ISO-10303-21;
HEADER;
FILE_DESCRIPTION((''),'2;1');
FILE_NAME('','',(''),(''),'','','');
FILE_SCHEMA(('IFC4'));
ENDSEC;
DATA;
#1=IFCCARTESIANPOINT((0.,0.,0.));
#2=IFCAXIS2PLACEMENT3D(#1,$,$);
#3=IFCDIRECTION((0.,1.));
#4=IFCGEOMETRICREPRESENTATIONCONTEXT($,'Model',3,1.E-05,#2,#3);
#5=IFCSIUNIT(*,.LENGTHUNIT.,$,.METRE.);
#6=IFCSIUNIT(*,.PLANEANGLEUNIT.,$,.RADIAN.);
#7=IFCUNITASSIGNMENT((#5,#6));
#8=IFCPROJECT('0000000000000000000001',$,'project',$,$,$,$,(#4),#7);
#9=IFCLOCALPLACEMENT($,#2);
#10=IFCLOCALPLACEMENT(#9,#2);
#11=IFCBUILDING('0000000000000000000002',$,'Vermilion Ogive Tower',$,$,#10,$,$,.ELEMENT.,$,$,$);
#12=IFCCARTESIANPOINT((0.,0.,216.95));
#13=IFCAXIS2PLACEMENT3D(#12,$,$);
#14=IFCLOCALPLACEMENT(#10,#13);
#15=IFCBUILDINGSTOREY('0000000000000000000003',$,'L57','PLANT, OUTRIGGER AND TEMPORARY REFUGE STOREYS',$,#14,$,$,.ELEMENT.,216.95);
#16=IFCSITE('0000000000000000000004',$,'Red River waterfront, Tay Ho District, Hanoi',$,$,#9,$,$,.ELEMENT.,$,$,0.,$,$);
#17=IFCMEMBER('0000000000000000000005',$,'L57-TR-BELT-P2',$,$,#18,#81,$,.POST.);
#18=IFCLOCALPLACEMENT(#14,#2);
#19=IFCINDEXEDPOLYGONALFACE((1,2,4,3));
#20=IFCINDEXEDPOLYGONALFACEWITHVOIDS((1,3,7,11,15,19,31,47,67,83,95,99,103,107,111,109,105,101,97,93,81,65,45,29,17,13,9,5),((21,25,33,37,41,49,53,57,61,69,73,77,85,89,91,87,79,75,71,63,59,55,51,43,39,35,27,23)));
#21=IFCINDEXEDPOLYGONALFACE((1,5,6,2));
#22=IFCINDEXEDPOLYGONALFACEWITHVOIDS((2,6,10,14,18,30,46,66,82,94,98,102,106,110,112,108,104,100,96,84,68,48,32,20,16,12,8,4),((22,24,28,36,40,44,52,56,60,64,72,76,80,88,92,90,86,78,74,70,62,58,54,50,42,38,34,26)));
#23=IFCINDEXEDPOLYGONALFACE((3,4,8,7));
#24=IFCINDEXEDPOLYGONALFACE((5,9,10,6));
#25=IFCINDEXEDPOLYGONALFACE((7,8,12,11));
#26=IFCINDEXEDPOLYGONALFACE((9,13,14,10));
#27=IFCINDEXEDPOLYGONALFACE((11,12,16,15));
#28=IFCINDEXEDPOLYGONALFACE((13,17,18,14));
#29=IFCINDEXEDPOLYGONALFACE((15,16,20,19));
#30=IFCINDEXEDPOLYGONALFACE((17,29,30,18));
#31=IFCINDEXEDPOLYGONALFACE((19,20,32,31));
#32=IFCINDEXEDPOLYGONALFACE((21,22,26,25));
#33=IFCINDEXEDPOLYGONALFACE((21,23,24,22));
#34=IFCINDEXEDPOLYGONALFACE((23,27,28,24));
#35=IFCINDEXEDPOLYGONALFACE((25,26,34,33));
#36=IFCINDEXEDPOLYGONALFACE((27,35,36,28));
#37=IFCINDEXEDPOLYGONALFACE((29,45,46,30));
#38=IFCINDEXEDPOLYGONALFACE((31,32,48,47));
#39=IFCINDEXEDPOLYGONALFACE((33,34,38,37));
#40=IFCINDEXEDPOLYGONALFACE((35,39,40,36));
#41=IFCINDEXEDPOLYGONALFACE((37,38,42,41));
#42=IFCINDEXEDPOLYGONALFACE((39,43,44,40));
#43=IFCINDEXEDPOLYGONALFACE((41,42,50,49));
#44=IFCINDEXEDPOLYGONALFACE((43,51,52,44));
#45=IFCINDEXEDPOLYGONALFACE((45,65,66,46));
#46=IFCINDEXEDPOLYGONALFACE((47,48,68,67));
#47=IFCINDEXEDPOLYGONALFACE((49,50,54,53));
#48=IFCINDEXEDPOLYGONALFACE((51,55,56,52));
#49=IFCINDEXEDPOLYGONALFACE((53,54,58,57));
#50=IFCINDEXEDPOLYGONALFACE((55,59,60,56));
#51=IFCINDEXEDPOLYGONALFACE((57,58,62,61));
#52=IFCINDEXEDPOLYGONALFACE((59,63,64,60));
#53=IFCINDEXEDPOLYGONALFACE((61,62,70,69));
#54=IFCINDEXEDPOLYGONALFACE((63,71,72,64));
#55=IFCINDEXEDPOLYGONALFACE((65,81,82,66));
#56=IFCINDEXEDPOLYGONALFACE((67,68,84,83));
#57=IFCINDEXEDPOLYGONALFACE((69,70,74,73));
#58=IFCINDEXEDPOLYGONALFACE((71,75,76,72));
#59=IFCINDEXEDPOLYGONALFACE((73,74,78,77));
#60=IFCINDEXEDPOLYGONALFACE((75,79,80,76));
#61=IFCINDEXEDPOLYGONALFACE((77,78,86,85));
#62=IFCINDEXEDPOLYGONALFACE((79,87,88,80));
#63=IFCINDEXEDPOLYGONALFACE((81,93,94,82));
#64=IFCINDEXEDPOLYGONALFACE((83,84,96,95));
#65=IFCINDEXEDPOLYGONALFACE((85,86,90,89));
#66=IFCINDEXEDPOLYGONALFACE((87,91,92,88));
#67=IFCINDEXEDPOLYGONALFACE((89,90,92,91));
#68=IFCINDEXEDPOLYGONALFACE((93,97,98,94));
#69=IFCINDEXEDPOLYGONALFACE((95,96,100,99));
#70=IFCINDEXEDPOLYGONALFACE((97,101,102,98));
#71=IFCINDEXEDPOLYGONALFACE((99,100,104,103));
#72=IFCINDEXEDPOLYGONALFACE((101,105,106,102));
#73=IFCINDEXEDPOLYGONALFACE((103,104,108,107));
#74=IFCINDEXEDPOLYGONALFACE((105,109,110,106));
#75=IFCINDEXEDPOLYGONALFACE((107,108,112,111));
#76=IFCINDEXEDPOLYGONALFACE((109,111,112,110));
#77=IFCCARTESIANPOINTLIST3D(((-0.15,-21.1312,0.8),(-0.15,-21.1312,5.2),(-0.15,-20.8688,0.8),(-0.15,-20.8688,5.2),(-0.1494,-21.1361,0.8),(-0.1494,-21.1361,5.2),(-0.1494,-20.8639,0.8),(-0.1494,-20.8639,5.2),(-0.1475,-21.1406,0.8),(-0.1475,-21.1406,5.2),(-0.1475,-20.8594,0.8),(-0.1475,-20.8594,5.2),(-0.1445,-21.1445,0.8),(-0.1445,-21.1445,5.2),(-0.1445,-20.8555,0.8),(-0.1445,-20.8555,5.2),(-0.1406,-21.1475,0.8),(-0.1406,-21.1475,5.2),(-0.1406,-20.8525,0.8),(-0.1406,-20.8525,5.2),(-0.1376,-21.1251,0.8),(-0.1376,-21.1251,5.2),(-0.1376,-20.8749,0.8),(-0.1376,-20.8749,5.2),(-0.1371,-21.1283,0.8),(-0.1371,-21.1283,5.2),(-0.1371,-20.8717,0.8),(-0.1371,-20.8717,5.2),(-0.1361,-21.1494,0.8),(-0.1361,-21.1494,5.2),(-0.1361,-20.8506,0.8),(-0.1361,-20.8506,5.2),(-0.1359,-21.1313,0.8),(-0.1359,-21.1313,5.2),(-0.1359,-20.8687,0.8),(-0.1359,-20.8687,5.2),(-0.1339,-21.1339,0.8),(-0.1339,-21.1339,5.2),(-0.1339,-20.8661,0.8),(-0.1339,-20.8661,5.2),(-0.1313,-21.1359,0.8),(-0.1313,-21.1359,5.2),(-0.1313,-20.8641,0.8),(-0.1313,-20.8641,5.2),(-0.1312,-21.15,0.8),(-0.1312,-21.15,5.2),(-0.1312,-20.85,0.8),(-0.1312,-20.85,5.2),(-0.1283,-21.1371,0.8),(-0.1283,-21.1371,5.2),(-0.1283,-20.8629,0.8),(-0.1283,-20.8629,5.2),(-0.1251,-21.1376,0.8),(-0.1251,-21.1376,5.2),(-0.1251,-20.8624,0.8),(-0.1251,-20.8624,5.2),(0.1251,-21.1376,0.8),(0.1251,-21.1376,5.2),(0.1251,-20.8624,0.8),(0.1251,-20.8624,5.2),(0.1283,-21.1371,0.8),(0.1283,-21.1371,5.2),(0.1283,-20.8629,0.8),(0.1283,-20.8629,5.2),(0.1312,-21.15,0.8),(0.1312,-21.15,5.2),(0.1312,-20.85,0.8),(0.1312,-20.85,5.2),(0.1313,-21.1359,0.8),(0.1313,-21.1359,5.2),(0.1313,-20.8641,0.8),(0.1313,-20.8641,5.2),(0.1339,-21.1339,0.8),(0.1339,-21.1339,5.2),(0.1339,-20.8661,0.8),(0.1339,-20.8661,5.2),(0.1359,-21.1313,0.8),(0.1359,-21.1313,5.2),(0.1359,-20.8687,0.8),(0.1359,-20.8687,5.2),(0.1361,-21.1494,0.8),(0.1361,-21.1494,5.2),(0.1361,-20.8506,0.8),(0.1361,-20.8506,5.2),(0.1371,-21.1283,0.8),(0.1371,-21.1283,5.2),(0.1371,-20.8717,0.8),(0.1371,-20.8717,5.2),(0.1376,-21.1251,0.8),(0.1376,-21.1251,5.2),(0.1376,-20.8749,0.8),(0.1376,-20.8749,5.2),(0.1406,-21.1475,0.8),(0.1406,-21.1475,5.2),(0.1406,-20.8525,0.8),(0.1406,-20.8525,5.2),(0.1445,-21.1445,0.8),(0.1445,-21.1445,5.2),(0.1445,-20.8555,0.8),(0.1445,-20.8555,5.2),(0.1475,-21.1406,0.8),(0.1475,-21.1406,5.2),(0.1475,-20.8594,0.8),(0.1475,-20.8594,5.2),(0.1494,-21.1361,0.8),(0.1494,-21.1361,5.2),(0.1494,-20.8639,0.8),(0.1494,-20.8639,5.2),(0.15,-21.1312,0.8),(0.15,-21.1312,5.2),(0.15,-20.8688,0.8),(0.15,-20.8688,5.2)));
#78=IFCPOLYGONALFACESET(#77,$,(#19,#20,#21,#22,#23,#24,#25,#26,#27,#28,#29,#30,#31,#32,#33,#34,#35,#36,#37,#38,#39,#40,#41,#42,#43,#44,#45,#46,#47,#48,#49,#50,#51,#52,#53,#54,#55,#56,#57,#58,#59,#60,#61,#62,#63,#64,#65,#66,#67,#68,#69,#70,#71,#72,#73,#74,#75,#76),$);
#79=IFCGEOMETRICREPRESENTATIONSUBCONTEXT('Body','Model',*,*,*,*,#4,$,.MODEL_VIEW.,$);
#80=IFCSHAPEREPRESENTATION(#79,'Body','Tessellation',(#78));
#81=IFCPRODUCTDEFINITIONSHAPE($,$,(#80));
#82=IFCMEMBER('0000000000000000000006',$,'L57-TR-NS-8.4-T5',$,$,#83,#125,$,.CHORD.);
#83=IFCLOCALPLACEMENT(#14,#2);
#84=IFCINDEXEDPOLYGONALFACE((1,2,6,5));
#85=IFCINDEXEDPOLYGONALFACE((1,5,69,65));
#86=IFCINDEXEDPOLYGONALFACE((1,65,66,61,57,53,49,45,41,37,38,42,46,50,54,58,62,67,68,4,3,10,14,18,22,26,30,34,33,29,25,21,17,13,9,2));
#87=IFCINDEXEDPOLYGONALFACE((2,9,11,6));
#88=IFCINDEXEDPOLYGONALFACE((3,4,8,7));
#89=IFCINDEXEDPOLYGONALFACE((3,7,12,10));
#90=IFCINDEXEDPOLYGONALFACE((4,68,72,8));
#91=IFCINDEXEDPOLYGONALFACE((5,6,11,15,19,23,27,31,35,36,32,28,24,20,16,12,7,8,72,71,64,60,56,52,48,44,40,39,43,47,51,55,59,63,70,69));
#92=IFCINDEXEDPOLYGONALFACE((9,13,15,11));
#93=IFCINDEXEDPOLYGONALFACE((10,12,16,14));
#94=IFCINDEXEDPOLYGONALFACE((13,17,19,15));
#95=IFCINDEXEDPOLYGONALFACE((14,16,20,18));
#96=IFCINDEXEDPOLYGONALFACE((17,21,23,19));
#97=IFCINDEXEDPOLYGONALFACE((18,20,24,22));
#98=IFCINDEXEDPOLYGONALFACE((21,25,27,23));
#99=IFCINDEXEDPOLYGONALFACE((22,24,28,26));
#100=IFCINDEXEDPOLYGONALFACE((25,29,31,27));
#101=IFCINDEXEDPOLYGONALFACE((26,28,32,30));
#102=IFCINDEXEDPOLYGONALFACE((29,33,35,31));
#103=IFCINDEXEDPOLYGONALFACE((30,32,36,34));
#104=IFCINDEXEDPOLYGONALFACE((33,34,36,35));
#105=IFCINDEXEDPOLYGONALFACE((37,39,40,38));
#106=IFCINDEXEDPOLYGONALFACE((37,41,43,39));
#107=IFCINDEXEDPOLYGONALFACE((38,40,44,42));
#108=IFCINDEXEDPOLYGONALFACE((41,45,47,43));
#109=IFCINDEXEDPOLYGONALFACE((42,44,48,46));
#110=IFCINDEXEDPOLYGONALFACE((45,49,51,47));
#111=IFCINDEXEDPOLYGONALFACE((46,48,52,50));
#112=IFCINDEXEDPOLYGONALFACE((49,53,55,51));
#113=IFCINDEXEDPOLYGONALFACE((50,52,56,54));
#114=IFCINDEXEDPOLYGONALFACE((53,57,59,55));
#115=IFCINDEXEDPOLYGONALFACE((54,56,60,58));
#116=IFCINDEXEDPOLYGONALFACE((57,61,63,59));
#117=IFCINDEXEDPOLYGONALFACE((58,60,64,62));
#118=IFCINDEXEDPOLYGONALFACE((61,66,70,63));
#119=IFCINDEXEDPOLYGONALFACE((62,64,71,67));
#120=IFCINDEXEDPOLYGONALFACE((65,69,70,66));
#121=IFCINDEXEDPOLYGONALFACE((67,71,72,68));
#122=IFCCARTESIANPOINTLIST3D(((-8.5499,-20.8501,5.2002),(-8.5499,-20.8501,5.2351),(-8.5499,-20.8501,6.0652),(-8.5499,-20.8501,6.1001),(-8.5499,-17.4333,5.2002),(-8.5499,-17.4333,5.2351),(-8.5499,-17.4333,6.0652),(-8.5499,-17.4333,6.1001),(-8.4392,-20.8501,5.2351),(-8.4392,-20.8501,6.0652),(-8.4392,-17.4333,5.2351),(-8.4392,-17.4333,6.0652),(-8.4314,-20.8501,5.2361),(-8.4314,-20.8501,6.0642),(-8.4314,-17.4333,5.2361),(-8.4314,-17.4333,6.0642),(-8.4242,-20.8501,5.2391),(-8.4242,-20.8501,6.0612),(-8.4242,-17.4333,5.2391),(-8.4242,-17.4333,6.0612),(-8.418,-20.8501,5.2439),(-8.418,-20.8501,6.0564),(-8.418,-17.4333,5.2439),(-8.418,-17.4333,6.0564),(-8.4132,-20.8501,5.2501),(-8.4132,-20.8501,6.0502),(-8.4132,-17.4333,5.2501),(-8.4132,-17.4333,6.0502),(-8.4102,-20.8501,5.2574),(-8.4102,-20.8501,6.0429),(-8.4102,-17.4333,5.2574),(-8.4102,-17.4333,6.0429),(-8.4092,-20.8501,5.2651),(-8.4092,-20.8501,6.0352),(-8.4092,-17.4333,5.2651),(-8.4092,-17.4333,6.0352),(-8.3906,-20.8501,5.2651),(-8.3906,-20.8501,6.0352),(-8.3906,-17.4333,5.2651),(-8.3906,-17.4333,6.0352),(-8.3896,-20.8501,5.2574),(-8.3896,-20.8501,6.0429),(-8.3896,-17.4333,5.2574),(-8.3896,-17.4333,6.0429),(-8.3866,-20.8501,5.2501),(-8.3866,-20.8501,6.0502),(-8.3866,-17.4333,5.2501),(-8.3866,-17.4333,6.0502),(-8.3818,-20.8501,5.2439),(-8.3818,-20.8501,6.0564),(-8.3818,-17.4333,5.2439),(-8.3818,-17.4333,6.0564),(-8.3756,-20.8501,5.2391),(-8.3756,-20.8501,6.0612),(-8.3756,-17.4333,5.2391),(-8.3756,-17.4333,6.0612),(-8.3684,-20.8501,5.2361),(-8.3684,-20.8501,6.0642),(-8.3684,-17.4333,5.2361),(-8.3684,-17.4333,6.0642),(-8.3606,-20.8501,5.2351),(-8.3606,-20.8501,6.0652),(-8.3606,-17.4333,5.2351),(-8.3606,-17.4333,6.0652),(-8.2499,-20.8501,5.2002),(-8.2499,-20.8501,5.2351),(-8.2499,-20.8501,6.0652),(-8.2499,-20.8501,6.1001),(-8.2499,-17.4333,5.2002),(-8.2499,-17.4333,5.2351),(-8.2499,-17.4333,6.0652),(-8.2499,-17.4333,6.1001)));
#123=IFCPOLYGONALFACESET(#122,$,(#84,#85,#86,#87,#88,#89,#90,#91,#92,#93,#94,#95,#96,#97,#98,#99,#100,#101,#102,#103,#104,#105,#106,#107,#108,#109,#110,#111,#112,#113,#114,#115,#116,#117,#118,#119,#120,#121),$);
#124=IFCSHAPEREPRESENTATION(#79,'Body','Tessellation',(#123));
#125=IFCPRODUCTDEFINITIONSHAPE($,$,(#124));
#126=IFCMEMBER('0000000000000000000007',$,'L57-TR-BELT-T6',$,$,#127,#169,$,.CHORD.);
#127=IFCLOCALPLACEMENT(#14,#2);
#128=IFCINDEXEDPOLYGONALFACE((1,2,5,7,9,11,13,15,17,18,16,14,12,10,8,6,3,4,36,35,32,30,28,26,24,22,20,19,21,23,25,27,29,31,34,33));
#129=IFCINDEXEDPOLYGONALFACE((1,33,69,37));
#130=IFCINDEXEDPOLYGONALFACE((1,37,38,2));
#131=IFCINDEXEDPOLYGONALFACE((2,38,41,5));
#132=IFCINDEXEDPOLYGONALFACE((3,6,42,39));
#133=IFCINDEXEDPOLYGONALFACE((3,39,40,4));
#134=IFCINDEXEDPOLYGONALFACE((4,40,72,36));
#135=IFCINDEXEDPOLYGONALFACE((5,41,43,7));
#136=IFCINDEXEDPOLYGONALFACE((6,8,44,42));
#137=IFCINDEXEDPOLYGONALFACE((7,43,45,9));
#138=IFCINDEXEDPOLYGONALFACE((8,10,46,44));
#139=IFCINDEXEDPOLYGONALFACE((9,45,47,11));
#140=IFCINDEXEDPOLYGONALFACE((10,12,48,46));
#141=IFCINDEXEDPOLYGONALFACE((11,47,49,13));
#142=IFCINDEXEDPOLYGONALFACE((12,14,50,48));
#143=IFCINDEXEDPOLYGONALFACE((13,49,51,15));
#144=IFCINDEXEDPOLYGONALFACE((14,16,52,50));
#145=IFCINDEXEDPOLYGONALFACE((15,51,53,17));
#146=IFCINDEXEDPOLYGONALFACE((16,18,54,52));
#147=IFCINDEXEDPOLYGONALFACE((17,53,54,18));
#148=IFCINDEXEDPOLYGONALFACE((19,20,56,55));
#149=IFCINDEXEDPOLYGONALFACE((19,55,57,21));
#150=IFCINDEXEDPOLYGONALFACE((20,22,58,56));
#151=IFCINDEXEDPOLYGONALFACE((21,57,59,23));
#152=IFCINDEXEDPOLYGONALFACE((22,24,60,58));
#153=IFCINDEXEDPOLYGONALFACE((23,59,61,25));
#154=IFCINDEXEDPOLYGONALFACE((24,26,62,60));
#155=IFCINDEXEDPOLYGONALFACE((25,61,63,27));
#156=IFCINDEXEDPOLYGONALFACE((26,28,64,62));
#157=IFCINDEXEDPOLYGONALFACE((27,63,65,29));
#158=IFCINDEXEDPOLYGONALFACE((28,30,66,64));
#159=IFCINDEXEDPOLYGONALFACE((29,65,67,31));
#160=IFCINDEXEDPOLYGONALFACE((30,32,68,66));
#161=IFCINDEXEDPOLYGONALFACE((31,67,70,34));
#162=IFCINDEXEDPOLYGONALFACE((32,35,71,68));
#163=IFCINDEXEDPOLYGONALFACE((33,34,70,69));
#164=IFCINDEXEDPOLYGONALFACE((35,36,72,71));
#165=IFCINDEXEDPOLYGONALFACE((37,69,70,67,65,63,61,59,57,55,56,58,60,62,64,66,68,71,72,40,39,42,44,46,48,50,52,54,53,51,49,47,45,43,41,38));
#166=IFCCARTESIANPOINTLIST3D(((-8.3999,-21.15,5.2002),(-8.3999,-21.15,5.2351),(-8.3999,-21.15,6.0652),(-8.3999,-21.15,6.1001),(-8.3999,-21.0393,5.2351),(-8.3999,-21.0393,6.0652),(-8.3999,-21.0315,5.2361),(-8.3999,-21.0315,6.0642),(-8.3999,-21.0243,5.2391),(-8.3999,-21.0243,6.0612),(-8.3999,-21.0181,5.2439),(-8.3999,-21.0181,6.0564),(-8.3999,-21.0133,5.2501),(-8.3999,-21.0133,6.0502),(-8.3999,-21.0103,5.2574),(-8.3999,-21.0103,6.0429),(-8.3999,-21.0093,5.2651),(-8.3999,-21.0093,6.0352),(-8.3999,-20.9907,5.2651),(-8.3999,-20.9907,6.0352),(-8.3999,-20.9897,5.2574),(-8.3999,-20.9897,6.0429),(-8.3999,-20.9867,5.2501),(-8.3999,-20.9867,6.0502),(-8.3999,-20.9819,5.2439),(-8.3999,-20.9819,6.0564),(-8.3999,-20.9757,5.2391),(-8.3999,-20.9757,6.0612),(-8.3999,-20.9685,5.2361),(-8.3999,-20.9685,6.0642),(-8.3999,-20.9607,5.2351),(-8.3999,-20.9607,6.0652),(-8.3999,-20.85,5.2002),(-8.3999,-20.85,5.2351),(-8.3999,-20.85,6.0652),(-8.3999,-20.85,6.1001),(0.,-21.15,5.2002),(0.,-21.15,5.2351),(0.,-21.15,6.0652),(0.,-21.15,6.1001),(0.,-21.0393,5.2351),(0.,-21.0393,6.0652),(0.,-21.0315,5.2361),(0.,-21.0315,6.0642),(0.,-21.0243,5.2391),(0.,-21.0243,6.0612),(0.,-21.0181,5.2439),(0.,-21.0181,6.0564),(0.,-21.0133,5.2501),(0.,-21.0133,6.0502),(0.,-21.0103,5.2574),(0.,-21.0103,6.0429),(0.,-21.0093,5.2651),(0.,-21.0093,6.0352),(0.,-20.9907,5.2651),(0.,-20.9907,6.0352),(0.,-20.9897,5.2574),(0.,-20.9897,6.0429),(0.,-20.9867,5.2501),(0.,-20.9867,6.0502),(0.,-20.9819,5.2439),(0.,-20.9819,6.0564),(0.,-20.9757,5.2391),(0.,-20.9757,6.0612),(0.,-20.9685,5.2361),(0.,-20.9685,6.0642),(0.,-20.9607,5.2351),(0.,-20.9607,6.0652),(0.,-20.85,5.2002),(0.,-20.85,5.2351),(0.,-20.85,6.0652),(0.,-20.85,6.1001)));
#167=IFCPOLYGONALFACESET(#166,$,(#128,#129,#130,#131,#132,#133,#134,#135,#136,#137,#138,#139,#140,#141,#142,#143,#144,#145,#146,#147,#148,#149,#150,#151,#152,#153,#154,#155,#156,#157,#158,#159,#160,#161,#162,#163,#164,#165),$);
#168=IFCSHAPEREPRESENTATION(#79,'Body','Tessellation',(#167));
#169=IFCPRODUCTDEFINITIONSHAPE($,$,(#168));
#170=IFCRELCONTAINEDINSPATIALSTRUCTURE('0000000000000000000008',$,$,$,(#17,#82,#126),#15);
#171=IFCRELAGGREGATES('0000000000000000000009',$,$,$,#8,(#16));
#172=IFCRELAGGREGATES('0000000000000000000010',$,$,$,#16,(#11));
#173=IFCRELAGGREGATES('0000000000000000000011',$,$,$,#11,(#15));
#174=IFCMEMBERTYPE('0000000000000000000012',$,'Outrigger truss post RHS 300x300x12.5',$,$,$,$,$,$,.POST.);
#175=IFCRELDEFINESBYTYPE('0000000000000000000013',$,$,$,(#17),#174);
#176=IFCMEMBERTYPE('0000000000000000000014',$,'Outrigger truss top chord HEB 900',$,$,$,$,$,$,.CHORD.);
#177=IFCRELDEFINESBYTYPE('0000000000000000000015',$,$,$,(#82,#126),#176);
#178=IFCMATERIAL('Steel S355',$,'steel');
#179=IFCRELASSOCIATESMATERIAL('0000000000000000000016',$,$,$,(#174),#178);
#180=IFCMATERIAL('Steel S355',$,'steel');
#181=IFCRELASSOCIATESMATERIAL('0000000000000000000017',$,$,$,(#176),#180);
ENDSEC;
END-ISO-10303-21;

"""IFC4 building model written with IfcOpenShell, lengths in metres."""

from ifc_helpers import new_model, si_unit, direction, frame, origin, origin_2d, place, context, subcontext, project, spatial, hollow_rectangle, i_section, extrude, material, material_profile, profile_set, type_object, element, save


model = new_model("IFC4")

# Units and contexts
model_context = context("Model", 3, precision=1e-05, world=origin(), true_north=direction((0.0, 1.0)))
body_context = subcontext(model_context, "Body", "Model", "MODEL_VIEW")
ifc_project = project(units=[si_unit("LENGTHUNIT", "METRE"), si_unit("PLANEANGLEUNIT", "RADIAN")], contexts=[model_context])

# Site, building, storey
site_placement = place(None, origin())
site = spatial("IfcSite", under=ifc_project, at=site_placement, Name="Red River waterfront, Tay Ho District, Hanoi", CompositionType="ELEMENT", RefElevation=0.0)
building_placement = place(site_placement, origin())
building = spatial("IfcBuilding", under=site, at=building_placement, Name="Vermilion Ogive Tower", CompositionType="ELEMENT")
storey_placement = place(building_placement, frame((0.0, 0.0, 216.95)))
storey = spatial("IfcBuildingStorey", under=building, at=storey_placement, Name="L57", Description="PLANT, OUTRIGGER AND TEMPORARY REFUGE STOREYS", CompositionType="ELEMENT", Elevation=216.95)

# Members
ifc_material_1 = material(Name="Steel S355", Category="steel")
ifc_material_profile_1 = material_profile(ifc_material_1, hollow_rectangle(XDim=0.3, YDim=0.3, WallThickness=0.0125, InnerFilletRadius=0.0125, OuterFilletRadius=0.0188, at=origin_2d()), Name="RHS 300x300x12.5")
ifc_profile_set_1 = profile_set([ifc_material_profile_1], Name="Steel S355")
member_type_1 = type_object("IfcMemberType", Name="Outrigger truss post RHS 300x300x12.5", PredefinedType="POST", material=ifc_profile_set_1)
for number, where, z_axis, x_axis, name in (
    (1, (0.0, -21.0, 0.8), (0.0, 0.0, 1.0), (1.0, 0.0, 0.0), "L57-TR-BELT-P2"),
):
    element("IfcMember", number, at=place(storey_placement, frame(where, z_axis=z_axis, x_axis=x_axis)), inside=storey, type_object=member_type_1, Name=name, PredefinedType="POST", context=body_context, shape_type="SweptSolid", body=[
        extrude(hollow_rectangle(XDim=0.3, YDim=0.3, WallThickness=0.0125, InnerFilletRadius=0.0125, OuterFilletRadius=0.0188, at=origin_2d()), origin(), (0.0, 0.0, 1.0), 4.3999),
    ])
ifc_material_2 = material(Name="Steel S355", Category="steel")
ifc_material_profile_2 = material_profile(ifc_material_2, i_section(OverallWidth=0.3, OverallDepth=0.8999, WebThickness=0.0186, FlangeThickness=0.0349, FilletRadius=0.03, at=origin_2d()), Name="HEB 900")
ifc_profile_set_2 = profile_set([ifc_material_profile_2], Name="Steel S355")
member_type_2 = type_object("IfcMemberType", Name="Outrigger truss top chord HEB 900", PredefinedType="CHORD", material=ifc_profile_set_2)
member_1_placement = place(storey_placement, frame((-8.3999, -17.4333, 5.6501), z_axis=(0.0, -1.0, 0.0), x_axis=(1.0, 0.0, 0.0)))
element("IfcMember", 2, at=member_1_placement, inside=storey, type_object=member_type_2, Name="L57-TR-NS-8.4-T5", PredefinedType="CHORD", context=body_context, shape_type="SweptSolid", body=[
    extrude(i_section(OverallWidth=0.3, OverallDepth=0.8999, WebThickness=0.0186, FlangeThickness=0.0349, FilletRadius=0.03, at=origin_2d()), origin(), (0.0, 0.0, 1.0), 3.4167),
])
for number, where, z_axis, x_axis, name in (
    (3, (-8.3999, -21.0, 5.6501), (1.0, 0.0, 0.0), (0.0, 1.0, 0.0), "L57-TR-BELT-T6"),
):
    element("IfcMember", number, at=place(storey_placement, frame(where, z_axis=z_axis, x_axis=x_axis)), inside=storey, type_object=member_type_2, Name=name, PredefinedType="CHORD", context=body_context, shape_type="SweptSolid", body=[
        extrude(i_section(OverallWidth=0.3, OverallDepth=0.8999, WebThickness=0.0186, FlangeThickness=0.0349, FilletRadius=0.03, at=origin_2d()), origin(), (0.0, 0.0, 1.0), 8.3999),
    ])

save(model, "model.ifc")
